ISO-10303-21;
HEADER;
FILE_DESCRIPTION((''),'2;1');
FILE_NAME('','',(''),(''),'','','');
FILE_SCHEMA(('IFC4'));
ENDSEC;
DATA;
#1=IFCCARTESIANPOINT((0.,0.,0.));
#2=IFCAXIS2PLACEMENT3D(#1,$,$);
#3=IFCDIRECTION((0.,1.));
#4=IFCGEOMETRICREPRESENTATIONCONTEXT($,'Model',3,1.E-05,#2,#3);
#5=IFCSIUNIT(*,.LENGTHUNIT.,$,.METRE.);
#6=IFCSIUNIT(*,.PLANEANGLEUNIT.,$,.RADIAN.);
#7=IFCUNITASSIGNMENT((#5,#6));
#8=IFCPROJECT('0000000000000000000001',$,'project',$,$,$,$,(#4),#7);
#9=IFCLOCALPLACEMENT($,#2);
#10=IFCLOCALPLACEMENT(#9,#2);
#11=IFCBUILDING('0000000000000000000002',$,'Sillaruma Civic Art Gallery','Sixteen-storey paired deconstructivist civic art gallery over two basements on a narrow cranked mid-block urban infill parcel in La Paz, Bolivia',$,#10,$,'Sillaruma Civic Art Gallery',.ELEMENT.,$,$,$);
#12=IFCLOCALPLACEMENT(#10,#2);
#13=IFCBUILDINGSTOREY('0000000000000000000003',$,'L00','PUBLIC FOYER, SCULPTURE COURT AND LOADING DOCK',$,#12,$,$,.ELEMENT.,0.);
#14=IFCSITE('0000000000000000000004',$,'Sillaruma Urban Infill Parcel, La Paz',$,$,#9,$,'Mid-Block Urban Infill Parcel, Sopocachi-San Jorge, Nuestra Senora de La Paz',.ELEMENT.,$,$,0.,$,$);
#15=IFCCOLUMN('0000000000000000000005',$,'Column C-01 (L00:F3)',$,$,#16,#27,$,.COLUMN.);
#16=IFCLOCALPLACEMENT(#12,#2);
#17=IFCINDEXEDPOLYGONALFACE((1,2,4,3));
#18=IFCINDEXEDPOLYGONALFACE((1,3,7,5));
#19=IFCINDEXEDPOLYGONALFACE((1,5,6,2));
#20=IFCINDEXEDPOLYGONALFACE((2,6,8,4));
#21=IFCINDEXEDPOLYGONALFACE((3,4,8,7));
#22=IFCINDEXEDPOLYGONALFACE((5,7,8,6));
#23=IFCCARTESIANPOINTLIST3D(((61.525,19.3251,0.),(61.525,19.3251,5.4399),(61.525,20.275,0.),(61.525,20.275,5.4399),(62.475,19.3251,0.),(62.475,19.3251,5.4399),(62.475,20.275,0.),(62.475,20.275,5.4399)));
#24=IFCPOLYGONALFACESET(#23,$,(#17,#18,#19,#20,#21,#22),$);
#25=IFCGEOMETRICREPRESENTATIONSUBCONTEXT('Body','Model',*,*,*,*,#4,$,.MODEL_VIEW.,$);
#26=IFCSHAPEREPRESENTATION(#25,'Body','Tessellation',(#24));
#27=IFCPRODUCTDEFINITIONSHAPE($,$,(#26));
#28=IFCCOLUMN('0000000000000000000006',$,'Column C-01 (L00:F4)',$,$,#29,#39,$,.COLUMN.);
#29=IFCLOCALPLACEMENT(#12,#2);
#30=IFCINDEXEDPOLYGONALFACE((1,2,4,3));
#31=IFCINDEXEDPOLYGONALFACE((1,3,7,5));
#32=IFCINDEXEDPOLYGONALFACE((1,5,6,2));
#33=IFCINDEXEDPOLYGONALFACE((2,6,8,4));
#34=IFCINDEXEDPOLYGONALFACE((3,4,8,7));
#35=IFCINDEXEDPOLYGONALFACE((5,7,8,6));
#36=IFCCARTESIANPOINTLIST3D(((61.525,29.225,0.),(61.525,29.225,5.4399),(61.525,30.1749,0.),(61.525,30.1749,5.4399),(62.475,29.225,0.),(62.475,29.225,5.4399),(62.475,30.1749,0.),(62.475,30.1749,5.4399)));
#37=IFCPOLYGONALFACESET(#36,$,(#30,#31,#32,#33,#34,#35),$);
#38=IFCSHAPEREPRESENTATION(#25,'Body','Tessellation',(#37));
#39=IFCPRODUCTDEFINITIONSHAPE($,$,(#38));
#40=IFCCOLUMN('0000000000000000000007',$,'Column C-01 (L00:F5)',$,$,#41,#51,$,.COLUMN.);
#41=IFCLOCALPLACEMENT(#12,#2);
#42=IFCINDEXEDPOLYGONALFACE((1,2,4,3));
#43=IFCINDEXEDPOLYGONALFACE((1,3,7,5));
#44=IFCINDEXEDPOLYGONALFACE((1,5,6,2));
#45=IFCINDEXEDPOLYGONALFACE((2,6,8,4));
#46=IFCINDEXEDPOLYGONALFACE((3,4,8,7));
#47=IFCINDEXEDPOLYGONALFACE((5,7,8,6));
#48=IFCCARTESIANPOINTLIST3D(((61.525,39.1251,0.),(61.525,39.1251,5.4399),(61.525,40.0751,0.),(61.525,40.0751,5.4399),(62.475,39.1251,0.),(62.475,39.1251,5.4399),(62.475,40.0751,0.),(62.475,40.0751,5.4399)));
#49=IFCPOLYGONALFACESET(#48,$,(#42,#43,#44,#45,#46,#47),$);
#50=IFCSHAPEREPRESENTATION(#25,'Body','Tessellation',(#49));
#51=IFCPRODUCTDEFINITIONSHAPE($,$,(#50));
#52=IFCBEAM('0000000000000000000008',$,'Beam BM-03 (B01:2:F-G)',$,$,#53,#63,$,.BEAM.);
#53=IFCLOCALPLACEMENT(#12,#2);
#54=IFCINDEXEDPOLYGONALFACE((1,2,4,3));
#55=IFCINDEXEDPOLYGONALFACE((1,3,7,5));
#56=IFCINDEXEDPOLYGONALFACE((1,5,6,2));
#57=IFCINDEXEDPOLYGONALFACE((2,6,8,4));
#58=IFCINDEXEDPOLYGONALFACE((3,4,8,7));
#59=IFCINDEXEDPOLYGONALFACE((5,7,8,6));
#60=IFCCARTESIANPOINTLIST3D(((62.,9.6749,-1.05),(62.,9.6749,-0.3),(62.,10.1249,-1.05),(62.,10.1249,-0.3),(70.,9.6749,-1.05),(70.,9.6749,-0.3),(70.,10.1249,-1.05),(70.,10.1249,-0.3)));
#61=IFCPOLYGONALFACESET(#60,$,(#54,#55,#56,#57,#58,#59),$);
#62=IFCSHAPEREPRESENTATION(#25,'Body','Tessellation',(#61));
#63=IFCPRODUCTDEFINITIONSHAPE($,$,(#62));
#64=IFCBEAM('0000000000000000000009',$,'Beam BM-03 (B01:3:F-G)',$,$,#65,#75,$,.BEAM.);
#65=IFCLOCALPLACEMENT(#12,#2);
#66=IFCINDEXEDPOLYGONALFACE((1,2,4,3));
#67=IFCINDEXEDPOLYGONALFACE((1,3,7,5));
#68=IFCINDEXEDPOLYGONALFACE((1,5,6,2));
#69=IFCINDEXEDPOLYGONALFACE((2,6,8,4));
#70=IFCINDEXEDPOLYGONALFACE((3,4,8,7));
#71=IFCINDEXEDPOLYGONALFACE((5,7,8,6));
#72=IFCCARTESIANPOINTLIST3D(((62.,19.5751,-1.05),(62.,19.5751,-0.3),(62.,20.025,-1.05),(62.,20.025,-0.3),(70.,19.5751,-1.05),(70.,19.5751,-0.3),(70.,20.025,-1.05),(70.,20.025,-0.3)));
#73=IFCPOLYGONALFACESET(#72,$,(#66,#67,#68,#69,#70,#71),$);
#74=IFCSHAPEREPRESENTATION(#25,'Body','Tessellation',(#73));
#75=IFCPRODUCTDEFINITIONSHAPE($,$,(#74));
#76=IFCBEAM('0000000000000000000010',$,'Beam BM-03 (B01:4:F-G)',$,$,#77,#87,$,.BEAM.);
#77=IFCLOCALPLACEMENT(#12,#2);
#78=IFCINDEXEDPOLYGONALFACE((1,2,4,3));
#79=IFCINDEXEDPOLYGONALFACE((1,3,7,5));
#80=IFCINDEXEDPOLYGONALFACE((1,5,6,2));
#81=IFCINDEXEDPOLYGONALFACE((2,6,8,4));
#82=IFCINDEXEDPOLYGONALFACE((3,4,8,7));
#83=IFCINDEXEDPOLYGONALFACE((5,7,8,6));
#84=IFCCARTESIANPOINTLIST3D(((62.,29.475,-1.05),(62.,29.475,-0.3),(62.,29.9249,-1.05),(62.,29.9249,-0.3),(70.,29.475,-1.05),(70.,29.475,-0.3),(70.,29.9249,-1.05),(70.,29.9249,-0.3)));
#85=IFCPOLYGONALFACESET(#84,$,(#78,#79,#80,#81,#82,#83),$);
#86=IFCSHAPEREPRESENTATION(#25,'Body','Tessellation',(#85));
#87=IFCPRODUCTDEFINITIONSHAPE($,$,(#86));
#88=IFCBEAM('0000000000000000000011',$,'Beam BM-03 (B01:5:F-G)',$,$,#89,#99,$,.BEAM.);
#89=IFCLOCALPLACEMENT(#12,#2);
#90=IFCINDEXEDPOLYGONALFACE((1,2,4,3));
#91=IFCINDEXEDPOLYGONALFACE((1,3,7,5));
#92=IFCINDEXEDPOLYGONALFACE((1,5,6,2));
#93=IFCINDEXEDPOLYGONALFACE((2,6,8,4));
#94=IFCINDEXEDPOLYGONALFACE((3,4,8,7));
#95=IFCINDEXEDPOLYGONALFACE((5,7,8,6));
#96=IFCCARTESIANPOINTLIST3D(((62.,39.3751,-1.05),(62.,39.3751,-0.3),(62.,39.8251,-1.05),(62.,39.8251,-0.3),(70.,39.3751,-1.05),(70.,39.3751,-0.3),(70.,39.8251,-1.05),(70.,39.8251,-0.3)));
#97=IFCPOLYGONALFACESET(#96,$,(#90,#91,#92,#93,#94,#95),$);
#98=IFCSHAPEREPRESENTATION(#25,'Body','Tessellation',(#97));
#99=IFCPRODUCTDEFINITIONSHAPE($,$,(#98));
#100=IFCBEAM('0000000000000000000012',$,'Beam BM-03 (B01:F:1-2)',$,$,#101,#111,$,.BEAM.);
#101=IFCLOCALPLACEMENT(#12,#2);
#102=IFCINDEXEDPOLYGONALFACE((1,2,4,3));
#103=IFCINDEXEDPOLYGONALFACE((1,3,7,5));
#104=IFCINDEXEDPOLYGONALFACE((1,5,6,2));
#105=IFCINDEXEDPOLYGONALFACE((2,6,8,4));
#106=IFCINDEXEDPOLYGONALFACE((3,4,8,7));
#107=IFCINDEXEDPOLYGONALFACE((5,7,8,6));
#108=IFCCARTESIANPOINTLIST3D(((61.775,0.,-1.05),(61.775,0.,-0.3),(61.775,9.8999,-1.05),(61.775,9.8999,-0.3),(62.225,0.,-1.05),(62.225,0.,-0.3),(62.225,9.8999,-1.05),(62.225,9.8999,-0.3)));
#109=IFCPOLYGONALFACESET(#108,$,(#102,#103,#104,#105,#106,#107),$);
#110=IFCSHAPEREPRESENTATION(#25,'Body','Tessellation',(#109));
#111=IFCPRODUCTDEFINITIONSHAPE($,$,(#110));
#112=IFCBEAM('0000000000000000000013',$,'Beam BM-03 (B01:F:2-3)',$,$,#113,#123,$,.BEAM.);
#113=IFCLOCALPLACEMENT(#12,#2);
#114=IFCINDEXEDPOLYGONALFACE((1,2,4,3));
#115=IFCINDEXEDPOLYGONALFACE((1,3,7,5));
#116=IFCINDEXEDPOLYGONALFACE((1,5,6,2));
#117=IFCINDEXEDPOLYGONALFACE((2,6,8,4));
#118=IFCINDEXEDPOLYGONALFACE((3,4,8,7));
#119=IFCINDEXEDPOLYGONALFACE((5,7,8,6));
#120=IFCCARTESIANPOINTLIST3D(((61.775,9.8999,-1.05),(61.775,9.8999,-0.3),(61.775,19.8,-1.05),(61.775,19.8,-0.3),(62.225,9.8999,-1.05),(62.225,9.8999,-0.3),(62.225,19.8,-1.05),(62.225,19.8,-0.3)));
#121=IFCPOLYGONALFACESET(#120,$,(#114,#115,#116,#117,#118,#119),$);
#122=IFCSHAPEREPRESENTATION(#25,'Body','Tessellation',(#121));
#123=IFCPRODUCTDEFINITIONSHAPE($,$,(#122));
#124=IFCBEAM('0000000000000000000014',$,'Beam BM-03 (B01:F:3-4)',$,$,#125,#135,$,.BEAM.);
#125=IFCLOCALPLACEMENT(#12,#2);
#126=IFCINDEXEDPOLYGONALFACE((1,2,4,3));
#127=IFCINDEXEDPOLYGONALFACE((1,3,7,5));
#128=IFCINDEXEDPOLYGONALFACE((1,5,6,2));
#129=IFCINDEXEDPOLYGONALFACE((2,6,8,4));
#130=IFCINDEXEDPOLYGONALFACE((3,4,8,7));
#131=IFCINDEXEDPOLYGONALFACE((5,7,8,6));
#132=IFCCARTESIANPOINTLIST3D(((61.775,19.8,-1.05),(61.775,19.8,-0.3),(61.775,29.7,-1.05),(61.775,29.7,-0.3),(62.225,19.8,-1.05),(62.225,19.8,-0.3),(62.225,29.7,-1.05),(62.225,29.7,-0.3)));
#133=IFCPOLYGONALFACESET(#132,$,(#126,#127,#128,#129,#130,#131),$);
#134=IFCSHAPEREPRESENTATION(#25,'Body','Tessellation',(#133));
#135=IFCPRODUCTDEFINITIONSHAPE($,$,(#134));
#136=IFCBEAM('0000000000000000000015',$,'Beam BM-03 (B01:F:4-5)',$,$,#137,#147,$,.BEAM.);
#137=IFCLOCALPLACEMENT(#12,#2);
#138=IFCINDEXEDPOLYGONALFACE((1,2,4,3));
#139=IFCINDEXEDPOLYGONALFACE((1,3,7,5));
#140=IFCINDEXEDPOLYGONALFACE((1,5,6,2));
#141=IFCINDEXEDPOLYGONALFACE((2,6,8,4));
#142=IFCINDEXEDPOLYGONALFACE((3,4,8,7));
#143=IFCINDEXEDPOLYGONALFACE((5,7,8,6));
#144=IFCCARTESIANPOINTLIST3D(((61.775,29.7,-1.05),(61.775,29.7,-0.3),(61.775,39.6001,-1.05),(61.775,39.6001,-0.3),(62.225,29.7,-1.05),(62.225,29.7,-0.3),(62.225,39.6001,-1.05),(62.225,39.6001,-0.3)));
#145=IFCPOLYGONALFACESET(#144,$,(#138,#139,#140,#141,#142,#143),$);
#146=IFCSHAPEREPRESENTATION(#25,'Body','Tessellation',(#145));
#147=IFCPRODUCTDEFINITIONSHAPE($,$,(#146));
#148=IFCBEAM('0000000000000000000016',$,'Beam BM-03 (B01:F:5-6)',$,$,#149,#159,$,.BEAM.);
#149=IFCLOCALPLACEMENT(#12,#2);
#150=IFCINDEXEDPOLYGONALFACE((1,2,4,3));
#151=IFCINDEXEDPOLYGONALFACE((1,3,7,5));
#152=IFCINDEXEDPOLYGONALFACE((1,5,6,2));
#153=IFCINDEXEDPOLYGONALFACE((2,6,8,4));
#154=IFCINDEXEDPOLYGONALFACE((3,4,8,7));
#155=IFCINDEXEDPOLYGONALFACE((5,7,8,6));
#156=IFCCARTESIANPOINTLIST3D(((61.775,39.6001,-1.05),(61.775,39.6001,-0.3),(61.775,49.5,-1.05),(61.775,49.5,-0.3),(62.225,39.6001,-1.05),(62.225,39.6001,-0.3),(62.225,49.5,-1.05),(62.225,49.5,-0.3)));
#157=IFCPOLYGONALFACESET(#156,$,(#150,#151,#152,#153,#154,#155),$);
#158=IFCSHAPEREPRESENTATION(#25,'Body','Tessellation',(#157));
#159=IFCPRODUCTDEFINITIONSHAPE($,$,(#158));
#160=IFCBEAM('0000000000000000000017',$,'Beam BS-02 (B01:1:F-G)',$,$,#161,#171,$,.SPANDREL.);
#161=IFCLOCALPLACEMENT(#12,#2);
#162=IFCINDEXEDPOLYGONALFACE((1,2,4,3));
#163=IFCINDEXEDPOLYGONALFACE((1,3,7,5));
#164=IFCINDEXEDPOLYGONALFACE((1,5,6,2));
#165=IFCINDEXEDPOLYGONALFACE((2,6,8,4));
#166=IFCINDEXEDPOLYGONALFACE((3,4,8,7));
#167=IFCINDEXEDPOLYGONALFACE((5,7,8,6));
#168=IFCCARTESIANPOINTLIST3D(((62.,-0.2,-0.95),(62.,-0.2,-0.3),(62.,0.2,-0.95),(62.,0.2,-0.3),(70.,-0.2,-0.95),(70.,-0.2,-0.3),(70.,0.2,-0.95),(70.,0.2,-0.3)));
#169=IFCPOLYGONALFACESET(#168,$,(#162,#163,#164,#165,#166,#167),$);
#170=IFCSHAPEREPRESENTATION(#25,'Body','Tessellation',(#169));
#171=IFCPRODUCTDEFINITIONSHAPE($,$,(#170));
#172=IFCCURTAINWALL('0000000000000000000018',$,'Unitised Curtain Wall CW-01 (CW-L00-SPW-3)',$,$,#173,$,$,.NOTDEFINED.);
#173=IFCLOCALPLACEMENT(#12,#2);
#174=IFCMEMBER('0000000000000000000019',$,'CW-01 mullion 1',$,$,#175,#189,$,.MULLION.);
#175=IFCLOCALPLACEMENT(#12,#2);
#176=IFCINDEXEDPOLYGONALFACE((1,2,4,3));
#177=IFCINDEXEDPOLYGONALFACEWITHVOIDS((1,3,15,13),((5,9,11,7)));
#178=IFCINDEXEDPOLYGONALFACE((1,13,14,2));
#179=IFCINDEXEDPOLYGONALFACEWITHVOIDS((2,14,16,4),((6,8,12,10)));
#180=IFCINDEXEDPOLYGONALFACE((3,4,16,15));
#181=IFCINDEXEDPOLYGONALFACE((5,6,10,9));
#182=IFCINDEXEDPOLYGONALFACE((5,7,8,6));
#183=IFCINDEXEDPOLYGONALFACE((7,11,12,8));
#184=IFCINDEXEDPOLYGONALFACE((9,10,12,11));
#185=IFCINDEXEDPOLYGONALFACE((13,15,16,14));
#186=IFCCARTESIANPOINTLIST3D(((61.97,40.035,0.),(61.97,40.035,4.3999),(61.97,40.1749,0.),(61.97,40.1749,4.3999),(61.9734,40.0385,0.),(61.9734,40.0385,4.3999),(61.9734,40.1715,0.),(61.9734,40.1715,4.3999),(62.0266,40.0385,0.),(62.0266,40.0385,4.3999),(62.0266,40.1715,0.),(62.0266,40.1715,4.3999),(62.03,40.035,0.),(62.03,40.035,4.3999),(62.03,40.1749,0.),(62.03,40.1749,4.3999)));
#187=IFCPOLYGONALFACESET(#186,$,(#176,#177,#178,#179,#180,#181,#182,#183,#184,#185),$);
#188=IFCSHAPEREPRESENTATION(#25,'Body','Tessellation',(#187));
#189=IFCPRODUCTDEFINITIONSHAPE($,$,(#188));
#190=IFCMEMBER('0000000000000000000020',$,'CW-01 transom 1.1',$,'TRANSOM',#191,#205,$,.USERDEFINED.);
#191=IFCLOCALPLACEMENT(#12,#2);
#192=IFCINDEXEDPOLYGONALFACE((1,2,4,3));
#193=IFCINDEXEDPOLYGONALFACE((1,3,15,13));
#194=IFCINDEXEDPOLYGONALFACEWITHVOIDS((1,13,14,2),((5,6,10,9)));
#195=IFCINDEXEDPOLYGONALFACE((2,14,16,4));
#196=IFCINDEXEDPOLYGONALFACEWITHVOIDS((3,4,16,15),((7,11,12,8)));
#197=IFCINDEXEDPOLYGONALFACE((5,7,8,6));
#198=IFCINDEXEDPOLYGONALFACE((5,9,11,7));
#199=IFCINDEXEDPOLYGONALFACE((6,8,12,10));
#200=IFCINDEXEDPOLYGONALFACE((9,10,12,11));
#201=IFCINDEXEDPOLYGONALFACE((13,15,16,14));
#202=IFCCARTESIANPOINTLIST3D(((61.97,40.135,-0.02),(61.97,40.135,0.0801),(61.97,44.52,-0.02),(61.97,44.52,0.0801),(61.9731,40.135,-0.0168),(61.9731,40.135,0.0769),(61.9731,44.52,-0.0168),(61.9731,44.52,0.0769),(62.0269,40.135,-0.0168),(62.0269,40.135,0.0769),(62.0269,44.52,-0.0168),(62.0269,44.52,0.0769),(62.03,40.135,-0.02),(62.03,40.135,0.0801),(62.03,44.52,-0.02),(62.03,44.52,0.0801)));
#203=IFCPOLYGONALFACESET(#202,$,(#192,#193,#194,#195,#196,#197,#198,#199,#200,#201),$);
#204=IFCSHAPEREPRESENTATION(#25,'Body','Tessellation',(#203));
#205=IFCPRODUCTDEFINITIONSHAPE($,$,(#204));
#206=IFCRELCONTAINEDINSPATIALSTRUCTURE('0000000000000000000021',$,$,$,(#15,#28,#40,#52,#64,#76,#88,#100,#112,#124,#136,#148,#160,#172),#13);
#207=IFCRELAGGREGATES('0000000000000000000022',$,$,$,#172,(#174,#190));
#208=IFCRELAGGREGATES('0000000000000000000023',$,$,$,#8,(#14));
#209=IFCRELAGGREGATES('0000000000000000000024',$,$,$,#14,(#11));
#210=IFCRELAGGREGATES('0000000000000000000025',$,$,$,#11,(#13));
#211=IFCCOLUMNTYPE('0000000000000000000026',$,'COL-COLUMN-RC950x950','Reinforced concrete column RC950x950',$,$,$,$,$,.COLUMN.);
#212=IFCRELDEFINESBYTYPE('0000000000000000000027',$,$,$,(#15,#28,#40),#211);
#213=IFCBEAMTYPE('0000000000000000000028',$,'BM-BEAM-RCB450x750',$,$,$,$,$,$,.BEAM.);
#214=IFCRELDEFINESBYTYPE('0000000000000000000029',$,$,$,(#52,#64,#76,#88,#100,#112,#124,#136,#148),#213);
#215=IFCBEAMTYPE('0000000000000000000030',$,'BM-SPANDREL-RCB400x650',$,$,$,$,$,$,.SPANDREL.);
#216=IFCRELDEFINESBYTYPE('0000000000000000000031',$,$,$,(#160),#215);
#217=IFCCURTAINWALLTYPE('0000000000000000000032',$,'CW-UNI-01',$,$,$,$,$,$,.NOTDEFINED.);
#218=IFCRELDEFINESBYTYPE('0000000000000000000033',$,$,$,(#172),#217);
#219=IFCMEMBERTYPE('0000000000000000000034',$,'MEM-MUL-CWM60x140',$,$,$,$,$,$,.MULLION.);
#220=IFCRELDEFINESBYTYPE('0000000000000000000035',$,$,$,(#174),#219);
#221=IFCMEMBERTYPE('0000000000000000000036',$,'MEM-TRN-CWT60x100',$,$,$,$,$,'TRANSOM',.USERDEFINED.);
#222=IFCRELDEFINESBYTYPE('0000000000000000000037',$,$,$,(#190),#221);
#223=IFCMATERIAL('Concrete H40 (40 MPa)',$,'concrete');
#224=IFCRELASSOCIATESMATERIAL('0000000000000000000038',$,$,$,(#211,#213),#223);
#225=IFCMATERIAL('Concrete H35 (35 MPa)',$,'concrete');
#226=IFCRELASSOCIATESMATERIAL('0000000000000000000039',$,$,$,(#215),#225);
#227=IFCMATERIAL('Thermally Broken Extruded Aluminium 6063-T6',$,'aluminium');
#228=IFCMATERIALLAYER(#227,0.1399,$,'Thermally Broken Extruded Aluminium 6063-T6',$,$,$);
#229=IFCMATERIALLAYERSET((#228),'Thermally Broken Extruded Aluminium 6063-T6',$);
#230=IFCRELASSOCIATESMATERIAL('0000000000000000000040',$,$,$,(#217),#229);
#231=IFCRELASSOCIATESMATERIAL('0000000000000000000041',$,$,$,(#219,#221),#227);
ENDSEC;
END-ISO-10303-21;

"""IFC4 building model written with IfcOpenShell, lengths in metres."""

from ifc_helpers import new_model, si_unit, direction, frame, origin, origin_2d, place, context, subcontext, project, spatial, rectangle, hollow_rectangle, extrude, material, layer, layer_set, material_profile, profile_set, type_object, element, aggregate, save


model = new_model("IFC4")

# Units and contexts
model_context = context("Model", 3, precision=1e-05, world=origin(), true_north=direction((0.0, 1.0)))
body_context = subcontext(model_context, "Body", "Model", "MODEL_VIEW")
ifc_project = project(units=[si_unit("LENGTHUNIT", "METRE"), si_unit("PLANEANGLEUNIT", "RADIAN")], contexts=[model_context])

# Site, building, storey
site_placement = place(None, origin())
site = spatial("IfcSite", under=ifc_project, at=site_placement, Name="Sillaruma Urban Infill Parcel, La Paz", LongName="Mid-Block Urban Infill Parcel, Sopocachi-San Jorge, Nuestra Senora de La Paz", CompositionType="ELEMENT", RefElevation=0.0)
building_placement = place(site_placement, origin())
building = spatial("IfcBuilding", under=site, at=building_placement, Name="Sillaruma Civic Art Gallery", Description="Sixteen-storey paired deconstructivist civic art gallery over two basements on a narrow cranked mid-block urban infill parcel in La Paz, Bolivia", LongName="Sillaruma Civic Art Gallery", CompositionType="ELEMENT")
storey_placement = place(building_placement, origin())
storey = spatial("IfcBuildingStorey", under=building, at=storey_placement, Name="L00", Description="PUBLIC FOYER, SCULPTURE COURT AND LOADING DOCK", CompositionType="ELEMENT", Elevation=0.0)

# Columns
ifc_material_1 = material(Name="Concrete H40 (40 MPa)", Category="concrete")
ifc_material_profile_1 = material_profile(ifc_material_1, rectangle(XDim=0.95, YDim=0.95, at=origin_2d()), Name="RC950x950")
ifc_profile_set_1 = profile_set([ifc_material_profile_1], Name="Concrete H40 (40 MPa)")
column_type = type_object("IfcColumnType", Name="COL-COLUMN-RC950x950", Description="Reinforced concrete column RC950x950", PredefinedType="COLUMN", material=ifc_profile_set_1)
for number, where, z_axis, x_axis, name in (
    (1, (62.0, 19.8, 0.0), (0.0, 0.0, 1.0), (1.0, 0.0, 0.0), "Column C-01 (L00:F3)"),
    (2, (62.0, 29.7, 0.0), (0.0, 0.0, 1.0), (1.0, 0.0, 0.0), "Column C-01 (L00:F4)"),
    (3, (62.0, 39.6001, 0.0), (0.0, 0.0, 1.0), (1.0, 0.0, 0.0), "Column C-01 (L00:F5)"),
):
    element("IfcColumn", number, at=place(storey_placement, frame(where, z_axis=z_axis, x_axis=x_axis)), inside=storey, type_object=column_type, Name=name, PredefinedType="COLUMN", context=body_context, shape_type="SweptSolid", body=[
        extrude(rectangle(XDim=0.95, YDim=0.95, at=origin_2d()), origin(), (0.0, 0.0, 1.0), 5.4399),
    ])

# Beams
ifc_material_profile_2 = material_profile(ifc_material_1, rectangle(XDim=0.45, YDim=0.75, at=origin_2d()), Name="RCB450x750")
ifc_profile_set_2 = profile_set([ifc_material_profile_2], Name="Concrete H40 (40 MPa)")
beam_type_1 = type_object("IfcBeamType", Name="BM-BEAM-RCB450x750", PredefinedType="BEAM", material=ifc_profile_set_2)
for number, where, z_axis, x_axis, name in (
    (4, (62.0, 9.8999, -0.675), (1.0, 0.0, 0.0), (0.0, 1.0, 0.0), "Beam BM-03 (B01:2:F-G)"),
    (5, (62.0, 19.8, -0.675), (1.0, 0.0, 0.0), (0.0, 1.0, 0.0), "Beam BM-03 (B01:3:F-G)"),
    (6, (62.0, 29.7, -0.675), (1.0, 0.0, 0.0), (0.0, 1.0, 0.0), "Beam BM-03 (B01:4:F-G)"),
    (7, (62.0, 39.6001, -0.675), (1.0, 0.0, 0.0), (0.0, 1.0, 0.0), "Beam BM-03 (B01:5:F-G)"),
):
    element("IfcBeam", number, at=place(storey_placement, frame(where, z_axis=z_axis, x_axis=x_axis)), inside=storey, type_object=beam_type_1, Name=name, PredefinedType="BEAM", context=body_context, shape_type="SweptSolid", body=[
        extrude(rectangle(XDim=0.45, YDim=0.75, at=origin_2d()), origin(), (0.0, 0.0, 1.0), 8.0),
    ])
beam_1_placement = place(storey_placement, frame((62.0, 0.0, -0.675), z_axis=(0.0, 1.0, 0.0), x_axis=(-1.0, 0.0, 0.0)))
element("IfcBeam", 8, at=beam_1_placement, inside=storey, type_object=beam_type_1, Name="Beam BM-03 (B01:F:1-2)", PredefinedType="BEAM", context=body_context, shape_type="SweptSolid", body=[
    extrude(rectangle(XDim=0.45, YDim=0.75, at=origin_2d()), origin(), (0.0, 0.0, 1.0), 9.8999),
])
beam_2_placement = place(storey_placement, frame((62.0, 9.8999, -0.675), z_axis=(0.0, 1.0, 0.0), x_axis=(-1.0, 0.0, 0.0)))
element("IfcBeam", 9, at=beam_2_placement, inside=storey, type_object=beam_type_1, Name="Beam BM-03 (B01:F:2-3)", PredefinedType="BEAM", context=body_context, shape_type="SweptSolid", body=[
    extrude(rectangle(XDim=0.45, YDim=0.75, at=origin_2d()), origin(), (0.0, 0.0, 1.0), 9.9001),
])
beam_3_placement = place(storey_placement, frame((62.0, 19.8, -0.675), z_axis=(0.0, 1.0, 0.0), x_axis=(-1.0, 0.0, 0.0)))
element("IfcBeam", 10, at=beam_3_placement, inside=storey, type_object=beam_type_1, Name="Beam BM-03 (B01:F:3-4)", PredefinedType="BEAM", context=body_context, shape_type="SweptSolid", body=[
    extrude(rectangle(XDim=0.45, YDim=0.75, at=origin_2d()), origin(), (0.0, 0.0, 1.0), 9.8999),
])
beam_4_placement = place(storey_placement, frame((62.0, 29.7, -0.675), z_axis=(0.0, 1.0, 0.0), x_axis=(-1.0, 0.0, 0.0)))
element("IfcBeam", 11, at=beam_4_placement, inside=storey, type_object=beam_type_1, Name="Beam BM-03 (B01:F:4-5)", PredefinedType="BEAM", context=body_context, shape_type="SweptSolid", body=[
    extrude(rectangle(XDim=0.45, YDim=0.75, at=origin_2d()), origin(), (0.0, 0.0, 1.0), 9.9001),
])
beam_5_placement = place(storey_placement, frame((62.0, 39.6001, -0.675), z_axis=(0.0, 1.0, 0.0), x_axis=(-1.0, 0.0, 0.0)))
element("IfcBeam", 12, at=beam_5_placement, inside=storey, type_object=beam_type_1, Name="Beam BM-03 (B01:F:5-6)", PredefinedType="BEAM", context=body_context, shape_type="SweptSolid", body=[
    extrude(rectangle(XDim=0.45, YDim=0.75, at=origin_2d()), origin(), (0.0, 0.0, 1.0), 9.8999),
])
ifc_material_2 = material(Name="Concrete H35 (35 MPa)", Category="concrete")
ifc_material_profile_3 = material_profile(ifc_material_2, rectangle(XDim=0.3999, YDim=0.6499, at=origin_2d()), Name="RCB400x650")
ifc_profile_set_3 = profile_set([ifc_material_profile_3], Name="Concrete H35 (35 MPa)")
beam_type_2 = type_object("IfcBeamType", Name="BM-SPANDREL-RCB400x650", PredefinedType="SPANDREL", material=ifc_profile_set_3)
beam_6_placement = place(storey_placement, frame((62.0, 0.0, -0.625), z_axis=(1.0, 0.0, 0.0), x_axis=(0.0, 1.0, 0.0)))
element("IfcBeam", 13, at=beam_6_placement, inside=storey, type_object=beam_type_2, Name="Beam BS-02 (B01:1:F-G)", PredefinedType="SPANDREL", context=body_context, shape_type="SweptSolid", body=[
    extrude(rectangle(XDim=0.3999, YDim=0.6499, at=origin_2d()), origin(), (0.0, 0.0, 1.0), 8.0),
])

# Curtain wall, members
ifc_material_3 = material(Name="Thermally Broken Extruded Aluminium 6063-T6", Category="aluminium")
ifc_layer_1 = layer(ifc_material_3, 0.1399, Name="Thermally Broken Extruded Aluminium 6063-T6")
ifc_layer_set_1 = layer_set([ifc_layer_1], Name="Thermally Broken Extruded Aluminium 6063-T6")
curtain_wall_type = type_object("IfcCurtainWallType", Name="CW-UNI-01", PredefinedType="NOTDEFINED", material=ifc_layer_set_1)
curtain_wall_placement = place(storey_placement, origin())
curtain_wall = element("IfcCurtainWall", 14, at=curtain_wall_placement, inside=storey, type_object=curtain_wall_type, Name="Unitised Curtain Wall CW-01 (CW-L00-SPW-3)", PredefinedType="NOTDEFINED")
ifc_material_profile_4 = material_profile(ifc_material_3, hollow_rectangle(XDim=0.0601, YDim=0.1399, WallThickness=0.0034, at=origin_2d()), Name="CWM60x140")
ifc_profile_set_4 = profile_set([ifc_material_profile_4], Name="Thermally Broken Extruded Aluminium 6063-T6")
member_type_1 = type_object("IfcMemberType", Name="MEM-MUL-CWM60x140", PredefinedType="MULLION", material=ifc_profile_set_4)
member_1_placement = place(storey_placement, frame((62.0, 40.105, 0.0), z_axis=(0.0, 0.0, 1.0), x_axis=(-1.0, 0.0, 0.0)))
member_1 = element("IfcMember", 15, at=member_1_placement, type_object=member_type_1, Name="CW-01 mullion 1", PredefinedType="MULLION", context=body_context, shape_type="SweptSolid", body=[
    extrude(hollow_rectangle(XDim=0.0601, YDim=0.1399, WallThickness=0.0034, at=origin_2d()), origin(), (0.0, 0.0, 1.0), 4.3999),
])
ifc_material_profile_5 = material_profile(ifc_material_3, hollow_rectangle(XDim=0.0601, YDim=0.1001, WallThickness=0.0032, at=origin_2d()), Name="CWT60x100")
ifc_profile_set_5 = profile_set([ifc_material_profile_5], Name="Thermally Broken Extruded Aluminium 6063-T6")
member_type_2 = type_object("IfcMemberType", Name="MEM-TRN-CWT60x100", ElementType="TRANSOM", PredefinedType="USERDEFINED", material=ifc_profile_set_5)
member_2_placement = place(storey_placement, frame((62.0, 40.135, 0.03), z_axis=(0.0, 1.0, 0.0), x_axis=(-1.0, 0.0, 0.0)))
member_2 = element("IfcMember", 16, at=member_2_placement, type_object=member_type_2, Name="CW-01 transom 1.1", ObjectType="TRANSOM", PredefinedType="USERDEFINED", context=body_context, shape_type="SweptSolid", body=[
    extrude(hollow_rectangle(XDim=0.0601, YDim=0.1001, WallThickness=0.0032, at=origin_2d()), origin(), (0.0, 0.0, 1.0), 4.385),
])
aggregate(curtain_wall, [member_1, member_2])

save(model, "model.ifc")
